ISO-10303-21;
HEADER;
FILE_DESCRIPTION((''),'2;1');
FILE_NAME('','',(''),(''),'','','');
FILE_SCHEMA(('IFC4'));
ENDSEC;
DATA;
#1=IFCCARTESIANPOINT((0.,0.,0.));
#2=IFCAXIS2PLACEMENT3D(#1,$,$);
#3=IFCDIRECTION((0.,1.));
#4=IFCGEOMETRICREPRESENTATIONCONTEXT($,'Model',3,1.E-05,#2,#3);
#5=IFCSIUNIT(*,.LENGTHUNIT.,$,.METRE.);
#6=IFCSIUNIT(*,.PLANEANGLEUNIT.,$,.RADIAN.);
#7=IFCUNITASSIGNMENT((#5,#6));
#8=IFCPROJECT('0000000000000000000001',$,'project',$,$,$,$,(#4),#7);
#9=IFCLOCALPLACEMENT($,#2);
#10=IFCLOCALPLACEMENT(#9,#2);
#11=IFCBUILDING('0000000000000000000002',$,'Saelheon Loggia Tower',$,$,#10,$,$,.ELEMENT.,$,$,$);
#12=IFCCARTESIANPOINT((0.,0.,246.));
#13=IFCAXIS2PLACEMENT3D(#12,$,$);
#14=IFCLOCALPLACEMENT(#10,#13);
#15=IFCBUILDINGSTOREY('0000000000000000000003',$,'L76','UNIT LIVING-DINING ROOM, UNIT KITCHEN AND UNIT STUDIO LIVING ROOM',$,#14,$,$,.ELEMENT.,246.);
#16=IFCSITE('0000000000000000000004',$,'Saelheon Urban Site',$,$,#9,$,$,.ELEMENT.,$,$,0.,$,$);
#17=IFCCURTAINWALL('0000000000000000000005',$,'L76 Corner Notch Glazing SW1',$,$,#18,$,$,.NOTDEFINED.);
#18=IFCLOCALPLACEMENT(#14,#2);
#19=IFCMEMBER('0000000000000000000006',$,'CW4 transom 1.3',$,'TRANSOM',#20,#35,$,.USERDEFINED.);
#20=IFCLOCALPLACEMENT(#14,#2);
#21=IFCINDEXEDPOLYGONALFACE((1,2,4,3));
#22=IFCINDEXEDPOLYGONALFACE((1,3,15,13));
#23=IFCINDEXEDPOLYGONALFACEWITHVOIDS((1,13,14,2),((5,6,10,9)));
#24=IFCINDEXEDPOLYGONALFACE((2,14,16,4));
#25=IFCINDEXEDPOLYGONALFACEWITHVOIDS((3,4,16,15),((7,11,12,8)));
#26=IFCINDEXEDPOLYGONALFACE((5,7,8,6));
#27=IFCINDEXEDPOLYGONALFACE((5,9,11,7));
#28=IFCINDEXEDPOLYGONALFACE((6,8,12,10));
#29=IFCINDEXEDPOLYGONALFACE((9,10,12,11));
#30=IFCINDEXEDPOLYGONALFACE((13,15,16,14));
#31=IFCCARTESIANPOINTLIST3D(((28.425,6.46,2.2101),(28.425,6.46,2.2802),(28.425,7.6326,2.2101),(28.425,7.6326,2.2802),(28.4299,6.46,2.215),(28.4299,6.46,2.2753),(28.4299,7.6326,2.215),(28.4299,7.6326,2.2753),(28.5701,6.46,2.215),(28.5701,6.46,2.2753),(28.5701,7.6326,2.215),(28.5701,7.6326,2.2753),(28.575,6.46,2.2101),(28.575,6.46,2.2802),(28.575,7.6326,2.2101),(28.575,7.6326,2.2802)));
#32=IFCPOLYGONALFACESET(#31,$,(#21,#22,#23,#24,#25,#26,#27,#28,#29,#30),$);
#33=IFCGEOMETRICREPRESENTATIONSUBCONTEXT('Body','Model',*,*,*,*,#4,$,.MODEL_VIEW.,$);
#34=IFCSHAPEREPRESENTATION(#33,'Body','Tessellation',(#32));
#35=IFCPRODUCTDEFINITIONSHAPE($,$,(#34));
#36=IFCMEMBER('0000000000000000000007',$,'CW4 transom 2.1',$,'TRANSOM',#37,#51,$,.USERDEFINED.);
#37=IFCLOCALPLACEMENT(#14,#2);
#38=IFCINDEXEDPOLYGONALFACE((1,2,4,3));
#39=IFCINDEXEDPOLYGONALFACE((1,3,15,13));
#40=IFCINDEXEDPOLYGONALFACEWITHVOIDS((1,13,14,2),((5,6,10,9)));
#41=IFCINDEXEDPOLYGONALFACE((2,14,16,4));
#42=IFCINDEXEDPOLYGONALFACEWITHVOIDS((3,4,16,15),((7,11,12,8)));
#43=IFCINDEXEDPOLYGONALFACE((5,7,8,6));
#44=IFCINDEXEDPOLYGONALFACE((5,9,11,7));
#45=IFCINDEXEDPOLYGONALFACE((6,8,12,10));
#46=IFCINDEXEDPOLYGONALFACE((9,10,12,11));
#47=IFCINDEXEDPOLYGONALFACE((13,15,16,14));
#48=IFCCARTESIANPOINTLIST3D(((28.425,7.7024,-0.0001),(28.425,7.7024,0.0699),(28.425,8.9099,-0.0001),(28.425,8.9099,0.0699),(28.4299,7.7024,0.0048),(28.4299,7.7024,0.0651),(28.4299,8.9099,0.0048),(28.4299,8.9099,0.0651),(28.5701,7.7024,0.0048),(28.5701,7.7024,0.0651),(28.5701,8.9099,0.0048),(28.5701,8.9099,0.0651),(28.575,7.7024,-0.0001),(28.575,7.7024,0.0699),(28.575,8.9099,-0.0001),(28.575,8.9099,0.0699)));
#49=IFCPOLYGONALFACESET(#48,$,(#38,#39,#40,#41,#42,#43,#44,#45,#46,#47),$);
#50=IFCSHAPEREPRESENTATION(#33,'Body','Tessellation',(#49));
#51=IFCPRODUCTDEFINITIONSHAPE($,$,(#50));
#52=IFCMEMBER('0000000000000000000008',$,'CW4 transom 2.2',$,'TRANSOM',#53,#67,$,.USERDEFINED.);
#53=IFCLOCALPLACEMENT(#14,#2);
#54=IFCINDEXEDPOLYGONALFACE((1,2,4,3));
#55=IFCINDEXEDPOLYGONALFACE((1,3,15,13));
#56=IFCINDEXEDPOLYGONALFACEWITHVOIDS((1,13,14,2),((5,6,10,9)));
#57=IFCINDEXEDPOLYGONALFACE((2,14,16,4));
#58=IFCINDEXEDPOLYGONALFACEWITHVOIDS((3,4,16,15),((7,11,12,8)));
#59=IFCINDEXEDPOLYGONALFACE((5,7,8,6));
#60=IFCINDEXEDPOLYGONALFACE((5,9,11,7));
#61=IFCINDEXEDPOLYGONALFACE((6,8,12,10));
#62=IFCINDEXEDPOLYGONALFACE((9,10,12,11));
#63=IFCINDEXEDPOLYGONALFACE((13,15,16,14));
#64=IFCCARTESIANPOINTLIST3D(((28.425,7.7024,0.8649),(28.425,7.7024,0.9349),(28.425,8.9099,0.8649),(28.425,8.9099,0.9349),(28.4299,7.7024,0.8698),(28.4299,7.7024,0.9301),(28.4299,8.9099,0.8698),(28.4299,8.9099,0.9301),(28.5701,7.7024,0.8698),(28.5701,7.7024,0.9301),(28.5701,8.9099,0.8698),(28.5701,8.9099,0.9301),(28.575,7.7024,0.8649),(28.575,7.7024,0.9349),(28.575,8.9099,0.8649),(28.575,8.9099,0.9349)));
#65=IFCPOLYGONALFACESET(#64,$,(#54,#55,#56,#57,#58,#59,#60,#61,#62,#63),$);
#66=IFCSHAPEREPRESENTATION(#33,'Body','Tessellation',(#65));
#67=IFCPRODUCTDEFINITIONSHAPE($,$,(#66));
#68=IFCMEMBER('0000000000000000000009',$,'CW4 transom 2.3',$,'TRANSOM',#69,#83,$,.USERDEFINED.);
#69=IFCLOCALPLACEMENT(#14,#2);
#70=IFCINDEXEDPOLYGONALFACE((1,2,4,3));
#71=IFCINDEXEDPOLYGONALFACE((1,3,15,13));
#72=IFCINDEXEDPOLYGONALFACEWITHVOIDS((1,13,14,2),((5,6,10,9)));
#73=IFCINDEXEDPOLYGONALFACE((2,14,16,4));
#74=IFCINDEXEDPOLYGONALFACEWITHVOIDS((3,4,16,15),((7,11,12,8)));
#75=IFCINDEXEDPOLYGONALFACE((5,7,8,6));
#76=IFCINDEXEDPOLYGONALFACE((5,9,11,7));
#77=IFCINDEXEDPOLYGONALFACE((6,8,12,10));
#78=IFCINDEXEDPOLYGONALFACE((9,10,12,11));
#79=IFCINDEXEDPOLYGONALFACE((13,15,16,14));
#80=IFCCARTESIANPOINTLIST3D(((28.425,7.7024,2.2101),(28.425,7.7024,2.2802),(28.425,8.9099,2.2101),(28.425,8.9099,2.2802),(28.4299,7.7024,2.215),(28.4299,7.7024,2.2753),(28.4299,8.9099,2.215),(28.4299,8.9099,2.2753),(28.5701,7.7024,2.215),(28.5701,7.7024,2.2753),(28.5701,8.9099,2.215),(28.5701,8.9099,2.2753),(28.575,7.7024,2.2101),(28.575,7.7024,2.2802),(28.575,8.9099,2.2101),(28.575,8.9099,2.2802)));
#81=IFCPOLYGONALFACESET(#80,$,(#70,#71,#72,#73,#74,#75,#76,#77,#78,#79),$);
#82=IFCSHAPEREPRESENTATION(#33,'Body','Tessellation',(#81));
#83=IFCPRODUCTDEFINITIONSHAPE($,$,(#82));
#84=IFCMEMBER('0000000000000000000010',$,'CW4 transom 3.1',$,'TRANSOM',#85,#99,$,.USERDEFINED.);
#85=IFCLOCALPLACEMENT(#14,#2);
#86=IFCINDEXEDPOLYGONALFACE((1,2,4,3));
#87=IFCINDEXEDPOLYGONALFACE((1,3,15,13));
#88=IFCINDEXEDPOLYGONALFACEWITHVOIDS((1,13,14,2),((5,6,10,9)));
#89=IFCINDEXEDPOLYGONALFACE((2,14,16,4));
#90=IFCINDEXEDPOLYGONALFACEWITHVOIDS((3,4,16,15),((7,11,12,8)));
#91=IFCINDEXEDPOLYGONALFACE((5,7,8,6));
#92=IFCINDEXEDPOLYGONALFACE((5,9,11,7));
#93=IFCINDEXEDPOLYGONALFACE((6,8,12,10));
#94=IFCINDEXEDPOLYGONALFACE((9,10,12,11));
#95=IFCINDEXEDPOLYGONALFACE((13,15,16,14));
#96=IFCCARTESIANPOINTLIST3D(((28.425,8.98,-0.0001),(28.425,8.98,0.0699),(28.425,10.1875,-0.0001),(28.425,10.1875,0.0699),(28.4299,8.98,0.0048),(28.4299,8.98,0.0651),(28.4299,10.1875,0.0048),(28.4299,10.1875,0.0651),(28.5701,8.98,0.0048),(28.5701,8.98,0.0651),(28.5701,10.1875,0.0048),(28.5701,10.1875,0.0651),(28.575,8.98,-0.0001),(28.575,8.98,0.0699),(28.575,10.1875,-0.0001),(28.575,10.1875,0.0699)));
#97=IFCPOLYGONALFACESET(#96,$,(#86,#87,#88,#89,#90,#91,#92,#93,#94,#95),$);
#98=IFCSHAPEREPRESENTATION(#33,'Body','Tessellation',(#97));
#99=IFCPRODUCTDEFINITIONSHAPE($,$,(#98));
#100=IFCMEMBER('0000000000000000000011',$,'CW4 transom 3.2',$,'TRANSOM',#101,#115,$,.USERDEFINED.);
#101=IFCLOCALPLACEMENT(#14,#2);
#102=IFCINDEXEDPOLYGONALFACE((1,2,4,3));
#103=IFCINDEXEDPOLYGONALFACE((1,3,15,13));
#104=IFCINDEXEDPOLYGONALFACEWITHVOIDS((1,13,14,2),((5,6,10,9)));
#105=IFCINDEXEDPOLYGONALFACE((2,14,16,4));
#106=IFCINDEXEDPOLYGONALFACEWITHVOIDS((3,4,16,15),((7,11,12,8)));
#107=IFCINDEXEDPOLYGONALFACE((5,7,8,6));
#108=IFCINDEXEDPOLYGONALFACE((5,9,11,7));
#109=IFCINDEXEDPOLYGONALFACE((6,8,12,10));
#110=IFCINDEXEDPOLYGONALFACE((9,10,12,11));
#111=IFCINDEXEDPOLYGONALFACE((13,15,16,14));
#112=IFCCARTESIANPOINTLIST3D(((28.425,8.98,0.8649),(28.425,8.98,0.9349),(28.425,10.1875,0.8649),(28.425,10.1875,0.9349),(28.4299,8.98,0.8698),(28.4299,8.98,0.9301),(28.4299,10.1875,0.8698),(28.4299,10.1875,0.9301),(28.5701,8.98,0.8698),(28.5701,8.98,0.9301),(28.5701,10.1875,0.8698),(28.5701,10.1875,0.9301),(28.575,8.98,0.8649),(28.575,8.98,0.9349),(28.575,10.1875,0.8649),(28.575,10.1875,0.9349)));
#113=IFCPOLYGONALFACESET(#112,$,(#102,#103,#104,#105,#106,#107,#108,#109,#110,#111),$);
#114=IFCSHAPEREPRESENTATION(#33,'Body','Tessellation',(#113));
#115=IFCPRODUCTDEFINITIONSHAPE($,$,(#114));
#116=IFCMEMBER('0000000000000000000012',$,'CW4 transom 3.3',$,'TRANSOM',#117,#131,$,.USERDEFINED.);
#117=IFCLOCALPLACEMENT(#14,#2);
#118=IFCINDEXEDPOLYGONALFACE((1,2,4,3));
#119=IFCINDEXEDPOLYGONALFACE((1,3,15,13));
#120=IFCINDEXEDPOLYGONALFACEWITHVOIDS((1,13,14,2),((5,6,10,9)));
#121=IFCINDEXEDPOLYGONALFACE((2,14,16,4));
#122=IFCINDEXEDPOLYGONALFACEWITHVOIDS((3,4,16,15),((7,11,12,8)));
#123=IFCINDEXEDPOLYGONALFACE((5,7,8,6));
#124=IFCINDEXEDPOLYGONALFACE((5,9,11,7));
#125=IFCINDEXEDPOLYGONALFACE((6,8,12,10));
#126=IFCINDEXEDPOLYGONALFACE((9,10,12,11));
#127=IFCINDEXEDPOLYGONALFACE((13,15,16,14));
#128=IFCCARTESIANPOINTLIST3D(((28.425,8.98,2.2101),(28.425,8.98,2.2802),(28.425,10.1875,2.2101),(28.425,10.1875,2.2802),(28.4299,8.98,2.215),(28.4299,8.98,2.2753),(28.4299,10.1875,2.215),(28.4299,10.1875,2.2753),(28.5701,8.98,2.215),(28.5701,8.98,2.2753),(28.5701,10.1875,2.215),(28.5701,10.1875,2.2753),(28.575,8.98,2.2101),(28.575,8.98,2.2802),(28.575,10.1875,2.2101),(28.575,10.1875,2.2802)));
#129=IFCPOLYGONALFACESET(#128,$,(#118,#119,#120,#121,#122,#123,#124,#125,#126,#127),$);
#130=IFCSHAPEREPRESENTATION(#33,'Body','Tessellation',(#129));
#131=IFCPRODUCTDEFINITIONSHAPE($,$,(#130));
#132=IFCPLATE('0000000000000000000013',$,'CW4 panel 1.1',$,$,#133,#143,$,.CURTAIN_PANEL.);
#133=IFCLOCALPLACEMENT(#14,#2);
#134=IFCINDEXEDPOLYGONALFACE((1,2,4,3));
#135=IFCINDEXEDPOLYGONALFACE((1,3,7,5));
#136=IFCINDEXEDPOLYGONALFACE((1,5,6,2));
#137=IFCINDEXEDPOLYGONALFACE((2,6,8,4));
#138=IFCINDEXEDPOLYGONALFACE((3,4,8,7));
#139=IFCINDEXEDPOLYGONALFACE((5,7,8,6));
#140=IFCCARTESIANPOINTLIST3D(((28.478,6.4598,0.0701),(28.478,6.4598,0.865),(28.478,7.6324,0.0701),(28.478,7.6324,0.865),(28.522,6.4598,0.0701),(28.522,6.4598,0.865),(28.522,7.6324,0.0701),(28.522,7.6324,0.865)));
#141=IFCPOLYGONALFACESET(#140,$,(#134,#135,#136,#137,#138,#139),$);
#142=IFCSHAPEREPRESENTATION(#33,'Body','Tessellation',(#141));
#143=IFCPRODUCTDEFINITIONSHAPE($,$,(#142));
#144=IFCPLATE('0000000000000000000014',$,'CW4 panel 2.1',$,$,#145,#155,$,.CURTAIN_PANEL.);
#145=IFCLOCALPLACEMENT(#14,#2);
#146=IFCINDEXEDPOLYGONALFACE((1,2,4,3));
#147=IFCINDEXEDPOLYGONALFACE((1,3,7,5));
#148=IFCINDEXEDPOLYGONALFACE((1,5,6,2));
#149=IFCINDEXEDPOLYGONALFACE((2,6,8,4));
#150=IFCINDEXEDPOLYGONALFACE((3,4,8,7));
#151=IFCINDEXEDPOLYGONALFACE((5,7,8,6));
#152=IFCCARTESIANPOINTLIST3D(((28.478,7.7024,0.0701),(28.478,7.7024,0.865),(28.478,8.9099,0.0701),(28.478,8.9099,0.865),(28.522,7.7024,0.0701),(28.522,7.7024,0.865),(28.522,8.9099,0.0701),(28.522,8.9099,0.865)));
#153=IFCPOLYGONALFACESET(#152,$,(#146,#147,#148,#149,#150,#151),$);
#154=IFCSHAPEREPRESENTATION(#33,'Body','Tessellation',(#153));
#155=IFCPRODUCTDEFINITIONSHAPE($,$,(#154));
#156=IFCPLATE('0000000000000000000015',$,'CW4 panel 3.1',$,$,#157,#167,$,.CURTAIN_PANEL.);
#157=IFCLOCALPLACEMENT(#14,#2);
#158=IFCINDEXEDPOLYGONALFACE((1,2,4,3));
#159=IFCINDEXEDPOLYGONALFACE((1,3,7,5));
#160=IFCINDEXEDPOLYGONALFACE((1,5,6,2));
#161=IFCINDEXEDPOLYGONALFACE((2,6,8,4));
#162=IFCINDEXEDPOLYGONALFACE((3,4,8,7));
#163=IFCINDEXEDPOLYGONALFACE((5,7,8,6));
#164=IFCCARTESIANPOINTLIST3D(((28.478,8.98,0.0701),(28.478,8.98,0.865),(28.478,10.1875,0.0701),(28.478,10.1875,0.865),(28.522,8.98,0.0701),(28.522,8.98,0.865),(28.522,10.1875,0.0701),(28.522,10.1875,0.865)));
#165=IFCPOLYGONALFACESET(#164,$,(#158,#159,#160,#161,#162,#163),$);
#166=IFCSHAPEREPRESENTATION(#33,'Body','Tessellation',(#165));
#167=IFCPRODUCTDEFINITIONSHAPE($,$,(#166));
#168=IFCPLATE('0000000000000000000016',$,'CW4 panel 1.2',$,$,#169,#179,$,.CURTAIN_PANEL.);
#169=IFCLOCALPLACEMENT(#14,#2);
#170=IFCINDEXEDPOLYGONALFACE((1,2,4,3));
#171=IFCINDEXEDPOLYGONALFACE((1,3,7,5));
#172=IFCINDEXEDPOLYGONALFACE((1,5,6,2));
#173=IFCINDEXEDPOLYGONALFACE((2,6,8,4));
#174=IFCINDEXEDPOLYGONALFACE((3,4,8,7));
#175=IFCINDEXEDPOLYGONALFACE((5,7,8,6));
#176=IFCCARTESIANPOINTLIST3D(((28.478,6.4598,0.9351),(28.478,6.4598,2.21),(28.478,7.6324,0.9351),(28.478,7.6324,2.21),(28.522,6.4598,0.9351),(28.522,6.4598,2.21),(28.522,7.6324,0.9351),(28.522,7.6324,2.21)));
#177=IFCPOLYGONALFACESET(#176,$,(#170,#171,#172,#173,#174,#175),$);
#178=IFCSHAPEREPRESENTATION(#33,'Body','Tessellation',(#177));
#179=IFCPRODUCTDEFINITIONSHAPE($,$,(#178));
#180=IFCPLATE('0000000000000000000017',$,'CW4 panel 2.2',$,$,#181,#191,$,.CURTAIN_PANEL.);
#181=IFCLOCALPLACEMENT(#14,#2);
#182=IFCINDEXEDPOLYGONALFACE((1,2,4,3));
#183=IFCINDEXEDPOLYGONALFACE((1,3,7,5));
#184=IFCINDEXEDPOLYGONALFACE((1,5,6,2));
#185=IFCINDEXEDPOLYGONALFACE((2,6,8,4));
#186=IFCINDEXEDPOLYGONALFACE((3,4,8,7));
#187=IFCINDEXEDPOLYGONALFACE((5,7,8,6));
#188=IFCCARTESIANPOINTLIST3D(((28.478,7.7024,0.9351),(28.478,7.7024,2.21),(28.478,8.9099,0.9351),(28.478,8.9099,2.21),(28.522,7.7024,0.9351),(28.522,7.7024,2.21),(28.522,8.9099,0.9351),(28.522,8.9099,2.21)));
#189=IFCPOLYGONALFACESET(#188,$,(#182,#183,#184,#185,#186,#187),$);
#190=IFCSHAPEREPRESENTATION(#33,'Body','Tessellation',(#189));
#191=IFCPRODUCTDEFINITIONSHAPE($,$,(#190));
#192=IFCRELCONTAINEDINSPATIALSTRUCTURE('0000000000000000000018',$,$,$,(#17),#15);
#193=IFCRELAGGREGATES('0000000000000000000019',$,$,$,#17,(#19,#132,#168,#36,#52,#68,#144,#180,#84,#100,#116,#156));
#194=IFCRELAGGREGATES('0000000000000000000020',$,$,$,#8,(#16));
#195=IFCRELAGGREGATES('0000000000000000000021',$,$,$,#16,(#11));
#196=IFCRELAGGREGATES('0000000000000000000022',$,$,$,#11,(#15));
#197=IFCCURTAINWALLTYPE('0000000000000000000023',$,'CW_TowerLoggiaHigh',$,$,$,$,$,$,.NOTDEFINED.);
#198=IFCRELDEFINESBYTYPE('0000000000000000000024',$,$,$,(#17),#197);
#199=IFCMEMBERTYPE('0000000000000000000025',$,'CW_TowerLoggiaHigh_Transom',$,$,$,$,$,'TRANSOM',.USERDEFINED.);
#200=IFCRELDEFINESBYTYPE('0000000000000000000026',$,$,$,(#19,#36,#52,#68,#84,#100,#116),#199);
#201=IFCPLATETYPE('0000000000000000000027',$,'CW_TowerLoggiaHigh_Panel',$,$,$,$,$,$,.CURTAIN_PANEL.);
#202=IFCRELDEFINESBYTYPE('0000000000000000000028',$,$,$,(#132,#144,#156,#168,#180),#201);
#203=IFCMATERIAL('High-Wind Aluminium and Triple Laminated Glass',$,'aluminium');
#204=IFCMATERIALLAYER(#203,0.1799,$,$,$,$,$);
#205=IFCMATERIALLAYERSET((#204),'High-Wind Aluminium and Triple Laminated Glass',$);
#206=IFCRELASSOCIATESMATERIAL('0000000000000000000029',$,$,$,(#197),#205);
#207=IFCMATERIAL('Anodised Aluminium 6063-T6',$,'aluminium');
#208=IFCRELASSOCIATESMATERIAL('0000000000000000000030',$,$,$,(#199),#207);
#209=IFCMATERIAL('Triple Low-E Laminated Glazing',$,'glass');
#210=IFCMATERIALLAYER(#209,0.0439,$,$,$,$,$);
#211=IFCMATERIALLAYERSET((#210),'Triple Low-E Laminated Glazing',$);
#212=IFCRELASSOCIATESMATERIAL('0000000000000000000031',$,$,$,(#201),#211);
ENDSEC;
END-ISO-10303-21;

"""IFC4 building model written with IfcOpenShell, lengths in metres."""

from ifc_helpers import new_model, si_unit, direction, frame, origin, origin_2d, place, context, subcontext, project, spatial, rectangle, hollow_rectangle, extrude, source, transform, mapped, material, layer, layer_set, material_profile, profile_set, type_object, element, aggregate, save


model = new_model("IFC4")

# Units and contexts
model_context = context("Model", 3, precision=1e-05, world=origin(), true_north=direction((0.0, 1.0)))
body_context = subcontext(model_context, "Body", "Model", "MODEL_VIEW")
ifc_project = project(units=[si_unit("LENGTHUNIT", "METRE"), si_unit("PLANEANGLEUNIT", "RADIAN")], contexts=[model_context])

# Site, building, storey
site_placement = place(None, origin())
site = spatial("IfcSite", under=ifc_project, at=site_placement, Name="Saelheon Urban Site", CompositionType="ELEMENT", RefElevation=0.0)
building_placement = place(site_placement, origin())
building = spatial("IfcBuilding", under=site, at=building_placement, Name="Saelheon Loggia Tower", CompositionType="ELEMENT")
storey_placement = place(building_placement, frame((0.0, 0.0, 246.0)))
storey = spatial("IfcBuildingStorey", under=building, at=storey_placement, Name="L76", Description="UNIT LIVING-DINING ROOM, UNIT KITCHEN AND UNIT STUDIO LIVING ROOM", CompositionType="ELEMENT", Elevation=246.0)

# Curtain wall, members, plates
ifc_material_1 = material(Name="High-Wind Aluminium and Triple Laminated Glass", Category="aluminium")
ifc_layer_1 = layer(ifc_material_1, 0.1799)
ifc_layer_set_1 = layer_set([ifc_layer_1], Name="High-Wind Aluminium and Triple Laminated Glass")
curtain_wall_type = type_object("IfcCurtainWallType", Name="CW_TowerLoggiaHigh", PredefinedType="NOTDEFINED", material=ifc_layer_set_1)
curtain_wall_placement = place(storey_placement, origin())
curtain_wall = element("IfcCurtainWall", 1, at=curtain_wall_placement, inside=storey, type_object=curtain_wall_type, Name="L76 Corner Notch Glazing SW1", PredefinedType="NOTDEFINED")
ifc_material_2 = material(Name="Anodised Aluminium 6063-T6", Category="aluminium")
ifc_material_profile_1 = material_profile(ifc_material_2, hollow_rectangle(XDim=0.0701, YDim=0.1499, WallThickness=0.0049, at=origin_2d()), Name="RHS-150x70x5")
ifc_profile_set_1 = profile_set([ifc_material_profile_1], Name="Anodised Aluminium 6063-T6")
member_type_1 = type_object("IfcMemberType", Name="CW_TowerLoggiaHigh_Transom", ElementType="TRANSOM", PredefinedType="USERDEFINED", material=ifc_profile_set_1)
shared_shape_1 = source(origin(), body_context, "Body", "SweptSolid", [
    extrude(hollow_rectangle(XDim=0.0701, YDim=0.1499, WallThickness=0.0049, at=origin_2d()), origin(), (0.0, 0.0, 1.0), 1.1726),
])
member_1_placement = place(storey_placement, frame((28.5, 6.46, 2.2451), z_axis=(0.0, 1.0, 0.0), x_axis=(0.0, 0.0, 1.0)))
member_1 = element("IfcMember", 2, at=member_1_placement, type_object=member_type_1, Name="CW4 transom 1.3", ObjectType="TRANSOM", PredefinedType="USERDEFINED", context=body_context, shape_type="MappedRepresentation", body=[
    mapped(shared_shape_1, transform((0.0, 0.0, 0.0), scale=1.0)),
])
shared_shape_2 = source(origin(), body_context, "Body", "SweptSolid", [
    extrude(hollow_rectangle(XDim=0.0701, YDim=0.1499, WallThickness=0.0049, at=origin_2d()), origin(), (0.0, 0.0, 1.0), 1.2075),
])
member_2_placement = place(storey_placement, frame((28.5, 7.7024, 0.0349), z_axis=(0.0, 1.0, 0.0), x_axis=(0.0, 0.0, 1.0)))
member_2 = element("IfcMember", 3, at=member_2_placement, type_object=member_type_1, Name="CW4 transom 2.1", ObjectType="TRANSOM", PredefinedType="USERDEFINED", context=body_context, shape_type="MappedRepresentation", body=[
    mapped(shared_shape_2, transform((0.0, 0.0, 0.0), scale=1.0)),
])
member_3_placement = place(storey_placement, frame((28.5, 7.7024, 0.8999), z_axis=(0.0, 1.0, 0.0), x_axis=(0.0, 0.0, 1.0)))
member_3 = element("IfcMember", 4, at=member_3_placement, type_object=member_type_1, Name="CW4 transom 2.2", ObjectType="TRANSOM", PredefinedType="USERDEFINED", context=body_context, shape_type="MappedRepresentation", body=[
    mapped(shared_shape_2, transform((0.0, 0.0, 0.0), scale=1.0)),
])
member_4_placement = place(storey_placement, frame((28.5, 7.7024, 2.2451), z_axis=(0.0, 1.0, 0.0), x_axis=(0.0, 0.0, 1.0)))
member_4 = element("IfcMember", 5, at=member_4_placement, type_object=member_type_1, Name="CW4 transom 2.3", ObjectType="TRANSOM", PredefinedType="USERDEFINED", context=body_context, shape_type="MappedRepresentation", body=[
    mapped(shared_shape_2, transform((0.0, 0.0, 0.0), scale=1.0)),
])
member_5_placement = place(storey_placement, frame((28.5, 8.98, 0.0349), z_axis=(0.0, 1.0, 0.0), x_axis=(0.0, 0.0, 1.0)))
member_5 = element("IfcMember", 6, at=member_5_placement, type_object=member_type_1, Name="CW4 transom 3.1", ObjectType="TRANSOM", PredefinedType="USERDEFINED", context=body_context, shape_type="MappedRepresentation", body=[
    mapped(shared_shape_2, transform((0.0, 0.0, 0.0), scale=1.0)),
])
member_6_placement = place(storey_placement, frame((28.5, 8.98, 0.8999), z_axis=(0.0, 1.0, 0.0), x_axis=(0.0, 0.0, 1.0)))
member_6 = element("IfcMember", 7, at=member_6_placement, type_object=member_type_1, Name="CW4 transom 3.2", ObjectType="TRANSOM", PredefinedType="USERDEFINED", context=body_context, shape_type="MappedRepresentation", body=[
    mapped(shared_shape_2, transform((0.0, 0.0, 0.0), scale=1.0)),
])
member_7_placement = place(storey_placement, frame((28.5, 8.98, 2.2451), z_axis=(0.0, 1.0, 0.0), x_axis=(0.0, 0.0, 1.0)))
member_7 = element("IfcMember", 8, at=member_7_placement, type_object=member_type_1, Name="CW4 transom 3.3", ObjectType="TRANSOM", PredefinedType="USERDEFINED", context=body_context, shape_type="MappedRepresentation", body=[
    mapped(shared_shape_2, transform((0.0, 0.0, 0.0), scale=1.0)),
])
ifc_material_3 = material(Name="Triple Low-E Laminated Glazing", Category="glass")
ifc_layer_2 = layer(ifc_material_3, 0.0439)
ifc_layer_set_2 = layer_set([ifc_layer_2], Name="Triple Low-E Laminated Glazing")
plate_type = type_object("IfcPlateType", Name="CW_TowerLoggiaHigh_Panel", PredefinedType="CURTAIN_PANEL", material=ifc_layer_set_2)
shared_shape_3 = source(origin(), body_context, "Body", "SweptSolid", [
    extrude(rectangle(XDim=1.1726, YDim=0.0439, at=origin_2d()), origin(), (0.0, 0.0, 1.0), 0.7949),
])
plate_1_placement = place(storey_placement, frame((28.5, 7.0461, 0.0701), z_axis=(0.0, 0.0, 1.0), x_axis=(0.0, 1.0, 0.0)))
plate_1 = element("IfcPlate", 9, at=plate_1_placement, type_object=plate_type, Name="CW4 panel 1.1", PredefinedType="CURTAIN_PANEL", context=body_context, shape_type="MappedRepresentation", body=[
    mapped(shared_shape_3, transform((0.0, 0.0, 0.0), scale=1.0)),
])
shared_shape_4 = source(origin(), body_context, "Body", "SweptSolid", [
    extrude(rectangle(XDim=1.2075, YDim=0.0439, at=origin_2d()), origin(), (0.0, 0.0, 1.0), 0.7949),
])
plate_2_placement = place(storey_placement, frame((28.5, 8.3062, 0.0701), z_axis=(0.0, 0.0, 1.0), x_axis=(0.0, 1.0, 0.0)))
plate_2 = element("IfcPlate", 10, at=plate_2_placement, type_object=plate_type, Name="CW4 panel 2.1", PredefinedType="CURTAIN_PANEL", context=body_context, shape_type="MappedRepresentation", body=[
    mapped(shared_shape_4, transform((0.0, 0.0, 0.0), scale=1.0)),
])
plate_3_placement = place(storey_placement, frame((28.5, 9.5837, 0.0701), z_axis=(0.0, 0.0, 1.0), x_axis=(0.0, 1.0, 0.0)))
plate_3 = element("IfcPlate", 11, at=plate_3_placement, type_object=plate_type, Name="CW4 panel 3.1", PredefinedType="CURTAIN_PANEL", context=body_context, shape_type="MappedRepresentation", body=[
    mapped(shared_shape_4, transform((0.0, 0.0, 0.0), scale=1.0)),
])
shared_shape_5 = source(origin(), body_context, "Body", "SweptSolid", [
    extrude(rectangle(XDim=1.1726, YDim=0.0439, at=origin_2d()), origin(), (0.0, 0.0, 1.0), 1.2749),
])
plate_4_placement = place(storey_placement, frame((28.5, 7.0461, 0.9351), z_axis=(0.0, 0.0, 1.0), x_axis=(0.0, 1.0, 0.0)))
plate_4 = element("IfcPlate", 12, at=plate_4_placement, type_object=plate_type, Name="CW4 panel 1.2", PredefinedType="CURTAIN_PANEL", context=body_context, shape_type="MappedRepresentation", body=[
    mapped(shared_shape_5, transform((0.0, 0.0, 0.0), scale=1.0)),
])
shared_shape_6 = source(origin(), body_context, "Body", "SweptSolid", [
    extrude(rectangle(XDim=1.2075, YDim=0.0439, at=origin_2d()), origin(), (0.0, 0.0, 1.0), 1.2749),
])
plate_5_placement = place(storey_placement, frame((28.5, 8.3062, 0.9351), z_axis=(0.0, 0.0, 1.0), x_axis=(0.0, 1.0, 0.0)))
plate_5 = element("IfcPlate", 13, at=plate_5_placement, type_object=plate_type, Name="CW4 panel 2.2", PredefinedType="CURTAIN_PANEL", context=body_context, shape_type="MappedRepresentation", body=[
    mapped(shared_shape_6, transform((0.0, 0.0, 0.0), scale=1.0)),
])
aggregate(curtain_wall, [member_1, plate_1, plate_4, member_2, member_3, member_4, plate_2, plate_5, member_5, member_6, member_7, plate_3])

save(model, "model.ifc")
